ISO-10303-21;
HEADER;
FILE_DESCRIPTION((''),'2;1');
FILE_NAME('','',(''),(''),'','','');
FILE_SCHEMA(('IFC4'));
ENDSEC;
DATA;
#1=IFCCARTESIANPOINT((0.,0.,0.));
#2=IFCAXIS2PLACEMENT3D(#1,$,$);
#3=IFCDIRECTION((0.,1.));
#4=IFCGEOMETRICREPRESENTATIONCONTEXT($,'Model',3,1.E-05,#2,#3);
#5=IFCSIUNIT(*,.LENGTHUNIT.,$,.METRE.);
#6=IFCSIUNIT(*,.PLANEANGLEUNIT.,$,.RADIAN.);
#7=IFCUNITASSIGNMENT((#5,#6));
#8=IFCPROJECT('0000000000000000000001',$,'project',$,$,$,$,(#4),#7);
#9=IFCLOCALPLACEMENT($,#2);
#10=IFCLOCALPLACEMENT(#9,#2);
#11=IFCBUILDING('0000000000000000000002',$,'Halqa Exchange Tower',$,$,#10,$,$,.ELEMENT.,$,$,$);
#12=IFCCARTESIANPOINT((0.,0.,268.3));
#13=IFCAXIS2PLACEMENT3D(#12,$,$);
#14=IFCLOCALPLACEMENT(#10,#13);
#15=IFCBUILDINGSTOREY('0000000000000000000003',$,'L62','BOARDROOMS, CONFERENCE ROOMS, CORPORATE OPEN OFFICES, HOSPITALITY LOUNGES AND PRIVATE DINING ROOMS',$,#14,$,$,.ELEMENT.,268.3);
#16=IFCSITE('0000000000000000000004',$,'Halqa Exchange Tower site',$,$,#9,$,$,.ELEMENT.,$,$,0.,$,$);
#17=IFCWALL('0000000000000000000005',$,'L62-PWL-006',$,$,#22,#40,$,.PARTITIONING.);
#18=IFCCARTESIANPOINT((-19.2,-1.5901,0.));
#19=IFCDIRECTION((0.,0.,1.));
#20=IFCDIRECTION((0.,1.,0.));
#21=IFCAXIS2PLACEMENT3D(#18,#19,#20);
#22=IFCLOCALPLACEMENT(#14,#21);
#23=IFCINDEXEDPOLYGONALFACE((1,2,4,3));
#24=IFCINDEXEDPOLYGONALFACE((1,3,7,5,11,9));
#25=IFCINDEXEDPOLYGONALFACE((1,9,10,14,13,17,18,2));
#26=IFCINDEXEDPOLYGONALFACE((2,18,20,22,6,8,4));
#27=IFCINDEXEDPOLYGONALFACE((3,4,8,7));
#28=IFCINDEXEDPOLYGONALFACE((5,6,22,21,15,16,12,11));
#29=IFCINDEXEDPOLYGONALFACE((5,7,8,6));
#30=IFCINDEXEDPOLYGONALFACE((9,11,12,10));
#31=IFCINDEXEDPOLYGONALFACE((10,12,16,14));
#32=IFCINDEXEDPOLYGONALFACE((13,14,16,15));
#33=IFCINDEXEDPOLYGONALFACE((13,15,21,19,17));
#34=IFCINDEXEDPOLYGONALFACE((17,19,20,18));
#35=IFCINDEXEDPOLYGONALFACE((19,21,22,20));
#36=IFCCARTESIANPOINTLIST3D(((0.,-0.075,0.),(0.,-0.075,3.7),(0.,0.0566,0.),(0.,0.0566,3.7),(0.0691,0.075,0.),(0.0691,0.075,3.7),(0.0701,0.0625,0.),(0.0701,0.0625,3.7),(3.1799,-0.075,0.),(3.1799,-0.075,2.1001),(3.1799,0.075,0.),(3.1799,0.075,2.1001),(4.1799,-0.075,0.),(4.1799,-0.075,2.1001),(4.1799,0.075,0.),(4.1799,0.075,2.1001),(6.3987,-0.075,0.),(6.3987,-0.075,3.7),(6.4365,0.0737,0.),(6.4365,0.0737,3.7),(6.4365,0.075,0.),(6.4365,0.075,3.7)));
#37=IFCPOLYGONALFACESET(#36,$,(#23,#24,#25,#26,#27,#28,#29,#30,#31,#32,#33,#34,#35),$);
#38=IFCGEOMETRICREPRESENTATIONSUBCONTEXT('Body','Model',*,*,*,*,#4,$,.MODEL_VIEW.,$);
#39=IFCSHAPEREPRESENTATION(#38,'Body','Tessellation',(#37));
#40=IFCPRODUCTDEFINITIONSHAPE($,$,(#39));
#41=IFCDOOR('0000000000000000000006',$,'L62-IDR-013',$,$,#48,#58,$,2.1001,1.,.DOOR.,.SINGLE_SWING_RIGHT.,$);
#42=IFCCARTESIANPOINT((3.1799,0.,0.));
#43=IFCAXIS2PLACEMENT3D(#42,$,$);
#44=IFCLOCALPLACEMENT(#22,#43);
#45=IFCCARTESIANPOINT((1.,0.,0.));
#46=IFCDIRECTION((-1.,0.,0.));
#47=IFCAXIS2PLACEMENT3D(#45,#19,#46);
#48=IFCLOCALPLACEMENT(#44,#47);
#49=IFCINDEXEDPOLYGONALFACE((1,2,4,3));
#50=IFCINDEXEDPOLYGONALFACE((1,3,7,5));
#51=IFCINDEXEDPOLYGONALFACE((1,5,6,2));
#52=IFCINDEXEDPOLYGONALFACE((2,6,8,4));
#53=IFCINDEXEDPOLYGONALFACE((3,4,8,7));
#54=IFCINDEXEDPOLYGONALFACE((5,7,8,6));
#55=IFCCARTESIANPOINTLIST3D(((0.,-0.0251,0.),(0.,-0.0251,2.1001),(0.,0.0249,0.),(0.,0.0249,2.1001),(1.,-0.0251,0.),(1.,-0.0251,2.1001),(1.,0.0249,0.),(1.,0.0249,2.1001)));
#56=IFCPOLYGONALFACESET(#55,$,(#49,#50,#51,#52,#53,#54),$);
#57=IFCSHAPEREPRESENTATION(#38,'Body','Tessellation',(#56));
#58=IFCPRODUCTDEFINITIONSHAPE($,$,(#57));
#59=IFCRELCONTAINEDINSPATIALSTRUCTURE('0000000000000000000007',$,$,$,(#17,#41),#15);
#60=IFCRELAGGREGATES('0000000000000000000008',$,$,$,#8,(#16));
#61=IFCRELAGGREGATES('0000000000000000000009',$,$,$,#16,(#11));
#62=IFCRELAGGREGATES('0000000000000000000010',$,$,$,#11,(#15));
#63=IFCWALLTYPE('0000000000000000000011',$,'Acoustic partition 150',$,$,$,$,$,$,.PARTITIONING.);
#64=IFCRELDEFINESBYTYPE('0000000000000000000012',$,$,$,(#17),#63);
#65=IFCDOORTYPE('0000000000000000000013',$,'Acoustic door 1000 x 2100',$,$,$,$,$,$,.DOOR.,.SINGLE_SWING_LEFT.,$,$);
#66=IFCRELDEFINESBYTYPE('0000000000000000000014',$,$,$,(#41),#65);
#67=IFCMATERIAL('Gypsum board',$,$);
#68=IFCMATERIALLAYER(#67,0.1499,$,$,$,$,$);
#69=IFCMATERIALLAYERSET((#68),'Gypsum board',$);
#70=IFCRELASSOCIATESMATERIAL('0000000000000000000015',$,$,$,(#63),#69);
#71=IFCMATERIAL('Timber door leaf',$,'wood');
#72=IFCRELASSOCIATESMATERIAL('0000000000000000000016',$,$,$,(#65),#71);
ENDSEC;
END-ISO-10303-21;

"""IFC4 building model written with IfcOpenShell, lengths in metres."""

from ifc_helpers import new_model, si_unit, direction, frame, frame_2d, origin, place, context, subcontext, project, spatial, polyline, rectangle, outline, extrude, material, layer, layer_set, type_object, element, fill, save


model = new_model("IFC4")

# Units and contexts
model_context = context("Model", 3, precision=1e-05, world=origin(), true_north=direction((0.0, 1.0)))
body_context = subcontext(model_context, "Body", "Model", "MODEL_VIEW")
ifc_project = project(units=[si_unit("LENGTHUNIT", "METRE"), si_unit("PLANEANGLEUNIT", "RADIAN")], contexts=[model_context])

# Site, building, storey
site_placement = place(None, origin())
site = spatial("IfcSite", under=ifc_project, at=site_placement, Name="Halqa Exchange Tower site", CompositionType="ELEMENT", RefElevation=0.0)
building_placement = place(site_placement, origin())
building = spatial("IfcBuilding", under=site, at=building_placement, Name="Halqa Exchange Tower", CompositionType="ELEMENT")
storey_placement = place(building_placement, frame((0.0, 0.0, 268.3)))
storey = spatial("IfcBuildingStorey", under=building, at=storey_placement, Name="L62", Description="BOARDROOMS, CONFERENCE ROOMS, CORPORATE OPEN OFFICES, HOSPITALITY LOUNGES AND PRIVATE DINING ROOMS", CompositionType="ELEMENT", Elevation=268.3)

# Wall, opening, door
ifc_material_1 = material(Name="Gypsum board")
ifc_layer_1 = layer(ifc_material_1, 0.1499)
ifc_layer_set_1 = layer_set([ifc_layer_1], Name="Gypsum board")
wall_type_1 = type_object("IfcWallType", Name="Acoustic partition 150", PredefinedType="PARTITIONING", material=ifc_layer_set_1)
ifc_material_2 = material(Name="Timber door leaf", Category="wood")
door_type_1 = type_object("IfcDoorType", Name="Acoustic door 1000 x 2100", OperationType="SINGLE_SWING_LEFT", PredefinedType="DOOR", material=ifc_material_2)
wall_1_placement = place(storey_placement, frame((-19.2, -1.5901, 0.0), z_axis=(0.0, 0.0, 1.0), x_axis=(0.0, 1.0, 0.0)))
wall_1 = element("IfcWall", 1, at=wall_1_placement, inside=storey, type_object=wall_type_1, Name="L62-PWL-006", PredefinedType="PARTITIONING", context=body_context, shape_type="SweptSolid", body=[
    extrude(outline(polyline([(0.0, -0.075), (0.8101, -0.075), (0.9102, -0.075), (2.7395, -0.075), (4.5691, -0.075), (6.3987, -0.075), (6.4365, 0.0737), (6.4365, 0.075), (4.8447, 0.075), (3.2527, 0.075), (1.6609, 0.075), (0.0691, 0.075), (0.0701, 0.0625), (0.0, 0.0566), (0.0, 0.05), (0.0, 0.05), (0.0, -0.05), (0.0, -0.05), (0.0, -0.075)])), origin(), (0.0, 0.0, 1.0), 3.7),
])
opening_1_placement = place(wall_1_placement, frame((3.1799, 0.0, 0.0)))
opening_1 = element("IfcOpeningElement", 2, at=opening_1_placement, cuts=wall_1, PredefinedType="OPENING", context=body_context, shape_type="SweptSolid", body=[
    extrude(rectangle(XDim=1.0, YDim=2.1001, at=frame_2d((0.5, 1.05))), frame((0.0, 0.0869, 0.0), z_axis=(0.0, -1.0, 0.0), x_axis=(1.0, 0.0, 0.0)), (0.0, 0.0, 1.0), 0.1738),
])
door_1_placement = place(opening_1_placement, frame((1.0, 0.0, 0.0), z_axis=(0.0, 0.0, 1.0), x_axis=(-1.0, 0.0, 0.0)))
door_1 = element("IfcDoor", 3, at=door_1_placement, inside=storey, type_object=door_type_1, Name="L62-IDR-013", OperationType="SINGLE_SWING_RIGHT", OverallHeight=2.1001, OverallWidth=1.0, PredefinedType="DOOR", context=body_context, shape_type="SweptSolid", body=[
    extrude(rectangle(XDim=1.0, YDim=2.1001, at=frame_2d((0.5, 1.05))), frame((0.0, 0.0249, 0.0), z_axis=(0.0, -1.0, 0.0), x_axis=(1.0, 0.0, 0.0)), (0.0, 0.0, 1.0), 0.05),
])
fill(opening_1, door_1)

save(model, "model.ifc")
